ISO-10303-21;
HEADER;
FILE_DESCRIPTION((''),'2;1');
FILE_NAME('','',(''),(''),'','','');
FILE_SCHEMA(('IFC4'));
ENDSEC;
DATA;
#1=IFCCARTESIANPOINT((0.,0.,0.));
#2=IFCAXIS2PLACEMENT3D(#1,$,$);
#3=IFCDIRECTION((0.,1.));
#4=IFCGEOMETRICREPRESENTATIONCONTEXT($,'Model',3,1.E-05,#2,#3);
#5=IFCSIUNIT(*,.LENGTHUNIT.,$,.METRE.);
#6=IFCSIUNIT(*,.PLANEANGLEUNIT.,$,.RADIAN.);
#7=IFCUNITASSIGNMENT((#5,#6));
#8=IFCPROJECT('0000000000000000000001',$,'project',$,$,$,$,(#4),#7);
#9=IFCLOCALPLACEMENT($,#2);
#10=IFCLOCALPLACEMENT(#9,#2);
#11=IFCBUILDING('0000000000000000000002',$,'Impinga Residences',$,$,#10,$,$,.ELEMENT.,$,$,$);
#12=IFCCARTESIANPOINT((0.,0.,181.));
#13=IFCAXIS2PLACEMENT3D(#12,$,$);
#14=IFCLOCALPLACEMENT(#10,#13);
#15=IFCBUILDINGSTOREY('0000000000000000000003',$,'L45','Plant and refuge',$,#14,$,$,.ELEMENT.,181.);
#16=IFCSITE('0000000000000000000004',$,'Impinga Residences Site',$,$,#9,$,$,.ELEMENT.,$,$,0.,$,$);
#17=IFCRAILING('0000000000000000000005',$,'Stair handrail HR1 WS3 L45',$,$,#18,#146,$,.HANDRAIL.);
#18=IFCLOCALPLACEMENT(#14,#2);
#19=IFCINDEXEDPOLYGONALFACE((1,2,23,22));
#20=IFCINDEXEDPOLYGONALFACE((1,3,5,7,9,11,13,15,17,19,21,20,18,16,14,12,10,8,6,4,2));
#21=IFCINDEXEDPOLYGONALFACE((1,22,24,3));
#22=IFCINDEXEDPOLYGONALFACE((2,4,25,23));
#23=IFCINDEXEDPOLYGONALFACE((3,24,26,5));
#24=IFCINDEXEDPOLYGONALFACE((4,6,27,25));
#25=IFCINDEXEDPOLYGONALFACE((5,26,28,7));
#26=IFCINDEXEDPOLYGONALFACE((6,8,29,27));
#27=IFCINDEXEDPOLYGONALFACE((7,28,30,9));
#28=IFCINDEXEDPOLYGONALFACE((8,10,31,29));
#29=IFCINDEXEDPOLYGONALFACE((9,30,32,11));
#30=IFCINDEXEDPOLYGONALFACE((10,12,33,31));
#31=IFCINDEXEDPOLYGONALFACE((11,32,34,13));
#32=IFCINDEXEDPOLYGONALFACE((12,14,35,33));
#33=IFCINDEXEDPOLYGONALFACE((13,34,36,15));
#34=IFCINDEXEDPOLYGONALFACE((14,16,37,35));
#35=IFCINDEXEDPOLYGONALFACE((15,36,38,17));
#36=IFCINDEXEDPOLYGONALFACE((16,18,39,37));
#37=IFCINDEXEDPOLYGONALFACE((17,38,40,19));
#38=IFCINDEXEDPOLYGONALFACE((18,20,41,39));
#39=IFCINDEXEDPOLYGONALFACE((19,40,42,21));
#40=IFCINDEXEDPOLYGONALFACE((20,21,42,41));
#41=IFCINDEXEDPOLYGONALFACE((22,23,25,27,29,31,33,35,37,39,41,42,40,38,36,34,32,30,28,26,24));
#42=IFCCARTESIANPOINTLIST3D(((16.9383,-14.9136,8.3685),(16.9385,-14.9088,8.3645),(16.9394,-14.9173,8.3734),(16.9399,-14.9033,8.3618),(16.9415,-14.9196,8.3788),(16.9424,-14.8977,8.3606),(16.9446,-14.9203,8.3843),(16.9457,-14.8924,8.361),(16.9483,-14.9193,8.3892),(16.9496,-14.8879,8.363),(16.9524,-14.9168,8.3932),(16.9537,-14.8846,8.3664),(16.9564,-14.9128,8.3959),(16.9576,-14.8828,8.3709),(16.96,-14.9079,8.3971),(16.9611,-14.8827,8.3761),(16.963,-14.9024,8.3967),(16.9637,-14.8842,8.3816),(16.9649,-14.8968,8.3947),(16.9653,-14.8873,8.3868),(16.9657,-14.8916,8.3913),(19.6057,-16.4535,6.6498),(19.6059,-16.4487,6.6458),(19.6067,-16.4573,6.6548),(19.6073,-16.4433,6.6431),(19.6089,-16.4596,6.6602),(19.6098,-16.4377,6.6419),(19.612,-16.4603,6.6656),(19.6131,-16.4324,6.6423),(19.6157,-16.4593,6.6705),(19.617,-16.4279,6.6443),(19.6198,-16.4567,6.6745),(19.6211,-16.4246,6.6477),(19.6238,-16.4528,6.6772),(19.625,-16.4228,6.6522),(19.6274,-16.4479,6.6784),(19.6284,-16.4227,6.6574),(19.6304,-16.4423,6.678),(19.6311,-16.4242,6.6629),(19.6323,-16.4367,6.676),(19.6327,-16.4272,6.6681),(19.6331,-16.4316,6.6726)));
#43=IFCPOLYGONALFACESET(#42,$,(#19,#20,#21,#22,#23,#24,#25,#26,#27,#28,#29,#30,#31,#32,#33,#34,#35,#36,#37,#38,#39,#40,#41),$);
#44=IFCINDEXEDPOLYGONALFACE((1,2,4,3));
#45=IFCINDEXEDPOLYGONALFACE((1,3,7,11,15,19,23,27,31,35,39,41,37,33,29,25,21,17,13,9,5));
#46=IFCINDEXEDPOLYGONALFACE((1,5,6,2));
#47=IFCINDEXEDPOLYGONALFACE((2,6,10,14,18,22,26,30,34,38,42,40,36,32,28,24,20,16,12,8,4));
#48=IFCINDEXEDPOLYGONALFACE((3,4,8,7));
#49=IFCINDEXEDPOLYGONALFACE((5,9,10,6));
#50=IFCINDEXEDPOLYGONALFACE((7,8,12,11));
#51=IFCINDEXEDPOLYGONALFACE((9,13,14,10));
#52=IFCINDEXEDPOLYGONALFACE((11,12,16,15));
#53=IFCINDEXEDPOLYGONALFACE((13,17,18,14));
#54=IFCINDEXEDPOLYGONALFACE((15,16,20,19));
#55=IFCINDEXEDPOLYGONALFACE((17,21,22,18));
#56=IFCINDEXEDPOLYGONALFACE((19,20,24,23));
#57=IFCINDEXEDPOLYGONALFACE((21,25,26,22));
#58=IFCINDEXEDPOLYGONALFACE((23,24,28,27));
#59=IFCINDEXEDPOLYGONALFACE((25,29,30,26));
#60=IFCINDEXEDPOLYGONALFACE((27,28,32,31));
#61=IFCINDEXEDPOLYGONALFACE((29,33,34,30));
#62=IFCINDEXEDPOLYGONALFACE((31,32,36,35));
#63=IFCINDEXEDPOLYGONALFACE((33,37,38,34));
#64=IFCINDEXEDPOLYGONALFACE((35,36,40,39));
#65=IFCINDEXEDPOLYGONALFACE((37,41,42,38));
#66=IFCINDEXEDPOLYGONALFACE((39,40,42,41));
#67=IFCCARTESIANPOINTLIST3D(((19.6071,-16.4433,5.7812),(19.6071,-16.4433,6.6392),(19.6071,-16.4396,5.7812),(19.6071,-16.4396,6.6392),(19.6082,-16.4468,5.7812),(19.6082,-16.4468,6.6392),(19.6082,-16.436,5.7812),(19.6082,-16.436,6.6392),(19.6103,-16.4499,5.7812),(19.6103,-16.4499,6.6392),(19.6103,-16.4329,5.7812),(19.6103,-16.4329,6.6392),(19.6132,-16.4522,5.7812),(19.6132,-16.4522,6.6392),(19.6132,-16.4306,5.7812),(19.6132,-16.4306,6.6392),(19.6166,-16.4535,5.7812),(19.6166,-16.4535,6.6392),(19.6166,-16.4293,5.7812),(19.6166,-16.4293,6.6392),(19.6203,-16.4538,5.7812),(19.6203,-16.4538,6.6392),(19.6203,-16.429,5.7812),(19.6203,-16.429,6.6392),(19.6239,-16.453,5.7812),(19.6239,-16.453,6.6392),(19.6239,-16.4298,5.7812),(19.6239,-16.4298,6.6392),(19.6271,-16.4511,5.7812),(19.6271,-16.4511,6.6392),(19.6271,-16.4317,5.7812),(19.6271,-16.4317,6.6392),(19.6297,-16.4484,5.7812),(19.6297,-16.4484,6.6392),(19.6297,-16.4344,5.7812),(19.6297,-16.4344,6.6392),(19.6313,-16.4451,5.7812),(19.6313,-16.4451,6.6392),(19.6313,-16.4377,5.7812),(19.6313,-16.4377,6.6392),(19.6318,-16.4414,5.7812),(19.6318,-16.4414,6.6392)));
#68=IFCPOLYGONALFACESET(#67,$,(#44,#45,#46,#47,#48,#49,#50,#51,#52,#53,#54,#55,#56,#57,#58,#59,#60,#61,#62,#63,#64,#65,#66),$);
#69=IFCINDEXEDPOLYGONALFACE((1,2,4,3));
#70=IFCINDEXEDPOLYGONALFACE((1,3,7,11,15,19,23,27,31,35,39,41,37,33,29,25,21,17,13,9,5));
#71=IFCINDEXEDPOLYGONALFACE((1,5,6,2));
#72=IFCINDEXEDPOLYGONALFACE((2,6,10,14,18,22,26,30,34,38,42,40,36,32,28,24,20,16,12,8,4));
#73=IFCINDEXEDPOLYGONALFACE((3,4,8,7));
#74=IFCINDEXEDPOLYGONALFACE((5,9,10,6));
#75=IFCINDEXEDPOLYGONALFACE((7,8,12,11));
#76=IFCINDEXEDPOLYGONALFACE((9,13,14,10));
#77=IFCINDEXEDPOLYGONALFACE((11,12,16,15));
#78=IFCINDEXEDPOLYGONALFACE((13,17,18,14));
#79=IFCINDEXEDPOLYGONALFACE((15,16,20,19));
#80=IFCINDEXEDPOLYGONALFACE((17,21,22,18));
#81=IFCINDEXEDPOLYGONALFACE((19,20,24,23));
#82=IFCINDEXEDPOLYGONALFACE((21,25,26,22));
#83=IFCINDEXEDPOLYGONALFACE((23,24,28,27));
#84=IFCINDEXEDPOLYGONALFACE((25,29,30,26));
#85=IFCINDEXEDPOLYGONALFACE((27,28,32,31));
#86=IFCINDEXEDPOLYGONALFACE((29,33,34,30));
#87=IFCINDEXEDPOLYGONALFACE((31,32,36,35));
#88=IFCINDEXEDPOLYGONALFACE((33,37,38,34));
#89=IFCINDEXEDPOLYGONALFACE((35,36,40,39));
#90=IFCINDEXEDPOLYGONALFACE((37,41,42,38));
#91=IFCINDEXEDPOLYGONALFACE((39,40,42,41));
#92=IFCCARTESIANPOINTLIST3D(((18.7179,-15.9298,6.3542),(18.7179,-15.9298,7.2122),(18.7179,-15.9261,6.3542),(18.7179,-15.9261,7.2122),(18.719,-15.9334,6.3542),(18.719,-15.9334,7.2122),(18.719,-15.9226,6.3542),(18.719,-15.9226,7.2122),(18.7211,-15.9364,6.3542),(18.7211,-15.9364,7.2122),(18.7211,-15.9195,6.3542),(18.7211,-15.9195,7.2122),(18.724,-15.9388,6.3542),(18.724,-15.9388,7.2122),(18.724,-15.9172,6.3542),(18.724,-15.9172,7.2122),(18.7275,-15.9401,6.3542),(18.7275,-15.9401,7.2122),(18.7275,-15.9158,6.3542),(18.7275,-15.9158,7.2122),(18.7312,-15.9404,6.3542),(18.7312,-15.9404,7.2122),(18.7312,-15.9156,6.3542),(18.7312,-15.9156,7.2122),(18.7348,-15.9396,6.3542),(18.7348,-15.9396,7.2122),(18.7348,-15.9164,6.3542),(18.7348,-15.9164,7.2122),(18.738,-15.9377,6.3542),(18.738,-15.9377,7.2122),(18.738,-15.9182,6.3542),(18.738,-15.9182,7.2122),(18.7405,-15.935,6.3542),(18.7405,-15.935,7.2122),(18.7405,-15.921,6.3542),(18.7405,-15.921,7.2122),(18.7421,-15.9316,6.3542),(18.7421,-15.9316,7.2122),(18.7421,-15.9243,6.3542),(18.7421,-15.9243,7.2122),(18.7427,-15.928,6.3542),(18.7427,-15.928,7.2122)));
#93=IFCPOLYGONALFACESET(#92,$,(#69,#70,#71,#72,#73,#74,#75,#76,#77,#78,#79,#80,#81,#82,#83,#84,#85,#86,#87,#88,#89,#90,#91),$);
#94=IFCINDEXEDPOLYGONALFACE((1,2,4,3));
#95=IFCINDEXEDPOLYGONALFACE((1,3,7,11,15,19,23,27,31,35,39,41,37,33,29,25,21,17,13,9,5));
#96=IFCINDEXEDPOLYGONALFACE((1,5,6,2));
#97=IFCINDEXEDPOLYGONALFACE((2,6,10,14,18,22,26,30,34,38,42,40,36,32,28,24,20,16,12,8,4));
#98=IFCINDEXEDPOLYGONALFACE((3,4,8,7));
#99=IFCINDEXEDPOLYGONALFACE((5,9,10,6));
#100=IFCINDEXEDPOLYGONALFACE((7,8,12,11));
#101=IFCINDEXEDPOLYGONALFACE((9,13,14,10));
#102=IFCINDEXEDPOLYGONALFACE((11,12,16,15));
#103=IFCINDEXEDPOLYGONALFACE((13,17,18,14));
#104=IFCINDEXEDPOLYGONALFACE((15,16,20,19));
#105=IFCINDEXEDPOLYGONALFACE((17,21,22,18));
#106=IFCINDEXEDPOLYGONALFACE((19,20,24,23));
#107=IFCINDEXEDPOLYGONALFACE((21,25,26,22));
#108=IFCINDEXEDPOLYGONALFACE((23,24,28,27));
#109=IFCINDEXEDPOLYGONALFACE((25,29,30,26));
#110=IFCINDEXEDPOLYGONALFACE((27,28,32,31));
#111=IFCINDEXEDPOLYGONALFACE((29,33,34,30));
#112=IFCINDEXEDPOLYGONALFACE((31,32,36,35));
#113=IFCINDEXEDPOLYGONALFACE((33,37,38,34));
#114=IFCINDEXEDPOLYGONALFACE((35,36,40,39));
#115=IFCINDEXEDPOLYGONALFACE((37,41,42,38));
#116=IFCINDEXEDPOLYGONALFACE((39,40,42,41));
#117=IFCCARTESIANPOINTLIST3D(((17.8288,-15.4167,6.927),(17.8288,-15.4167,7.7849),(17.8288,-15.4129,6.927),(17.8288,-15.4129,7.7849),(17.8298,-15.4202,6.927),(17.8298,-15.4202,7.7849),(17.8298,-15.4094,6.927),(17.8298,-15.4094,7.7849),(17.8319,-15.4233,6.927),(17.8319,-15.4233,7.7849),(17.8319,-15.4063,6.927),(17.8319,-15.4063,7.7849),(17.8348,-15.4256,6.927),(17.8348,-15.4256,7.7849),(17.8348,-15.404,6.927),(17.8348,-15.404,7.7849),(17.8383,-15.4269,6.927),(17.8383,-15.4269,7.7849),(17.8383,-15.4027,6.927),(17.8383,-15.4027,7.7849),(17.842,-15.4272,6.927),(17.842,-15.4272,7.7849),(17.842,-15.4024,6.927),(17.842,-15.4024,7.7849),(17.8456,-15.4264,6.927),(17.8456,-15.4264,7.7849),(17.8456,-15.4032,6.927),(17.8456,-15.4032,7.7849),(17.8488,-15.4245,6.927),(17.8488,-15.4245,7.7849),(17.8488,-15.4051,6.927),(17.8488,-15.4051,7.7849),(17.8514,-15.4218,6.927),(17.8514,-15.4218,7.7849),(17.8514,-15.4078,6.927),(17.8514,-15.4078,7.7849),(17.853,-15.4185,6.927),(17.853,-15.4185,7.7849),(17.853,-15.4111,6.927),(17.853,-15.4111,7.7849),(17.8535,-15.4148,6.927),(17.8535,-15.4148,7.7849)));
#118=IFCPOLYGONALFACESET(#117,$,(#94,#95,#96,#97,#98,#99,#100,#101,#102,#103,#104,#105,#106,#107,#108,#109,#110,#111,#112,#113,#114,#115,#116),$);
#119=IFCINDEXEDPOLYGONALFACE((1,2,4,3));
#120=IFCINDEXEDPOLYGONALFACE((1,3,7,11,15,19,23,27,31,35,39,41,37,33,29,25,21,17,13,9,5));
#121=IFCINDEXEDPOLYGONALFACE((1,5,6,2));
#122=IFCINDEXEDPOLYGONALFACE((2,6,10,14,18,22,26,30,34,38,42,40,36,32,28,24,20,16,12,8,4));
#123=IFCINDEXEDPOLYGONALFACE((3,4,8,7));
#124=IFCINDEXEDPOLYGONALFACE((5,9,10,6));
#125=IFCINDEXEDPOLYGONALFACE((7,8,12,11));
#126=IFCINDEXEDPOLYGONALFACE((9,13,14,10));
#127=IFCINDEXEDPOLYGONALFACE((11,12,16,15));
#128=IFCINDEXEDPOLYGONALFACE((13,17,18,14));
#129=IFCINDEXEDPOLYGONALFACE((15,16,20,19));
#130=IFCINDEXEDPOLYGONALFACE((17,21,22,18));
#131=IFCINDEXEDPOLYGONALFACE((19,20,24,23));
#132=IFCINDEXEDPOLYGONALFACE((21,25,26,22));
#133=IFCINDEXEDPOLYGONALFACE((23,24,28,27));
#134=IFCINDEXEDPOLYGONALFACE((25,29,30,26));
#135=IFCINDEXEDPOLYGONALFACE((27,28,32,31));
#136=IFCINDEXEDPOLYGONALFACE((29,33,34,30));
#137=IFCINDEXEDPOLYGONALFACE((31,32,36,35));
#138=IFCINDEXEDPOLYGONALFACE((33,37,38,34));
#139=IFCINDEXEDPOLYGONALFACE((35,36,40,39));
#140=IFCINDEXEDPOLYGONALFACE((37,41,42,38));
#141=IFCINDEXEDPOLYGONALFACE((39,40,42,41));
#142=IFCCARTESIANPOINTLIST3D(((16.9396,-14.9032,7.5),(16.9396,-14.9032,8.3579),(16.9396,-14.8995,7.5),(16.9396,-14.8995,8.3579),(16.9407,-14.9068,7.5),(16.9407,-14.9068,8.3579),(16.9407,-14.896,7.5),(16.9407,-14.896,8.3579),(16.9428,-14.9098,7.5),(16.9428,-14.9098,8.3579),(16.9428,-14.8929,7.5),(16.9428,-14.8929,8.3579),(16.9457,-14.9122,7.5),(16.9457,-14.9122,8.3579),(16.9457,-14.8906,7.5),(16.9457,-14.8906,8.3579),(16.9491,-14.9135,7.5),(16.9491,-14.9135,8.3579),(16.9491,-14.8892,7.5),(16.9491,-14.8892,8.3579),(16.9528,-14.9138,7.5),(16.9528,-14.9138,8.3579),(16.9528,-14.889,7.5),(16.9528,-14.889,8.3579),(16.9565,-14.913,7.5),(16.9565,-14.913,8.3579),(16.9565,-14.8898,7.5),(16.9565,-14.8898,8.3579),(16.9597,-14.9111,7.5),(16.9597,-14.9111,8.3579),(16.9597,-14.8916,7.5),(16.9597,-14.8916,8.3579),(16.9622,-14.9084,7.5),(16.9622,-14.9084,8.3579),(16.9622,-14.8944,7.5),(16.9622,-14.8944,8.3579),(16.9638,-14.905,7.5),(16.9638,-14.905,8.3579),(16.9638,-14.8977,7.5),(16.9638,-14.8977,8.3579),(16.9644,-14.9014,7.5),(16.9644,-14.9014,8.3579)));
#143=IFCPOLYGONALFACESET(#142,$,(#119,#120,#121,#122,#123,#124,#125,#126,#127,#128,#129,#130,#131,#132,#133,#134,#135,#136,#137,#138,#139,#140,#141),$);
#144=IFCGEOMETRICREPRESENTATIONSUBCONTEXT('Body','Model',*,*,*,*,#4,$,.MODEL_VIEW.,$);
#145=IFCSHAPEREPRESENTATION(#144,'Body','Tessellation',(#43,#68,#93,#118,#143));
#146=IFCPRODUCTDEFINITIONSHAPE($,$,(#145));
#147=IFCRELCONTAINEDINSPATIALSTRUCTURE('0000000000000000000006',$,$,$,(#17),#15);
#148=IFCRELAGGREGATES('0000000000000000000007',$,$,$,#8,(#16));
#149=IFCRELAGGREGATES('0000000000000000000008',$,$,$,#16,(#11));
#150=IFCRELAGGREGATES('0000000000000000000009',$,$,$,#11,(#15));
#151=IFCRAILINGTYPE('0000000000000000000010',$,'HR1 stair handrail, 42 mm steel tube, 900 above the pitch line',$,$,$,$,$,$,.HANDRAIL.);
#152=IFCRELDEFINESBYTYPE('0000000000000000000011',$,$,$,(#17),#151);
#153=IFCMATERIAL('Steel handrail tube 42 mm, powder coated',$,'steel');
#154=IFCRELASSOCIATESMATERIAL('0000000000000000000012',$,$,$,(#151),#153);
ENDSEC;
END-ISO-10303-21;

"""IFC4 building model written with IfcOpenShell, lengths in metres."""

from ifc_helpers import new_model, si_unit, direction, frame, origin, origin_2d, place, context, subcontext, project, spatial, circle, extrude, material, type_object, element, save


model = new_model("IFC4")

# Units and contexts
model_context = context("Model", 3, precision=1e-05, world=origin(), true_north=direction((0.0, 1.0)))
body_context = subcontext(model_context, "Body", "Model", "MODEL_VIEW")
ifc_project = project(units=[si_unit("LENGTHUNIT", "METRE"), si_unit("PLANEANGLEUNIT", "RADIAN")], contexts=[model_context])

# Site, building, storey
site_placement = place(None, origin())
site = spatial("IfcSite", under=ifc_project, at=site_placement, Name="Impinga Residences Site", CompositionType="ELEMENT", RefElevation=0.0)
building_placement = place(site_placement, origin())
building = spatial("IfcBuilding", under=site, at=building_placement, Name="Impinga Residences", CompositionType="ELEMENT")
storey_placement = place(building_placement, frame((0.0, 0.0, 181.0)))
storey = spatial("IfcBuildingStorey", under=building, at=storey_placement, Name="L45", Description="Plant and refuge", CompositionType="ELEMENT", Elevation=181.0)

# Railing
ifc_material_1 = material(Name="Steel handrail tube 42 mm, powder coated", Category="steel")
railing_type_1 = type_object("IfcRailingType", Name="HR1 stair handrail, 42 mm steel tube, 900 above the pitch line", PredefinedType="HANDRAIL", material=ifc_material_1)
railing_1_placement = place(storey_placement, frame((19.6194, -16.4414, 5.7812)))
element("IfcRailing", 1, at=railing_1_placement, inside=storey, type_object=railing_type_1, Name="Stair handrail HR1 WS3 L45", PredefinedType="HANDRAIL", context=body_context, shape_type="SweptSolid", body=[
    extrude(circle(Radius=0.021, at=origin_2d()), frame((0.0, 0.0, 0.8789), z_axis=(-0.756256, 0.436616, 0.487282), x_axis=(-0.499992, -0.86603, 0.0)), (0.0, 0.0, 1.0), 3.5271),
    extrude(circle(Radius=0.0125, at=origin_2d()), origin(), (0.0, 0.0, 1.0), 0.8579),
    extrude(circle(Radius=0.0125, at=origin_2d()), frame((-0.8892, 0.5134, 0.573)), (0.0, 0.0, 1.0), 0.8579),
    extrude(circle(Radius=0.0125, at=origin_2d()), frame((-1.7783, 1.0266, 1.1458)), (0.0, 0.0, 1.0), 0.8579),
    extrude(circle(Radius=0.0125, at=origin_2d()), frame((-2.6675, 1.54, 1.7188)), (0.0, 0.0, 1.0), 0.8579),
])

save(model, "model.ifc")
